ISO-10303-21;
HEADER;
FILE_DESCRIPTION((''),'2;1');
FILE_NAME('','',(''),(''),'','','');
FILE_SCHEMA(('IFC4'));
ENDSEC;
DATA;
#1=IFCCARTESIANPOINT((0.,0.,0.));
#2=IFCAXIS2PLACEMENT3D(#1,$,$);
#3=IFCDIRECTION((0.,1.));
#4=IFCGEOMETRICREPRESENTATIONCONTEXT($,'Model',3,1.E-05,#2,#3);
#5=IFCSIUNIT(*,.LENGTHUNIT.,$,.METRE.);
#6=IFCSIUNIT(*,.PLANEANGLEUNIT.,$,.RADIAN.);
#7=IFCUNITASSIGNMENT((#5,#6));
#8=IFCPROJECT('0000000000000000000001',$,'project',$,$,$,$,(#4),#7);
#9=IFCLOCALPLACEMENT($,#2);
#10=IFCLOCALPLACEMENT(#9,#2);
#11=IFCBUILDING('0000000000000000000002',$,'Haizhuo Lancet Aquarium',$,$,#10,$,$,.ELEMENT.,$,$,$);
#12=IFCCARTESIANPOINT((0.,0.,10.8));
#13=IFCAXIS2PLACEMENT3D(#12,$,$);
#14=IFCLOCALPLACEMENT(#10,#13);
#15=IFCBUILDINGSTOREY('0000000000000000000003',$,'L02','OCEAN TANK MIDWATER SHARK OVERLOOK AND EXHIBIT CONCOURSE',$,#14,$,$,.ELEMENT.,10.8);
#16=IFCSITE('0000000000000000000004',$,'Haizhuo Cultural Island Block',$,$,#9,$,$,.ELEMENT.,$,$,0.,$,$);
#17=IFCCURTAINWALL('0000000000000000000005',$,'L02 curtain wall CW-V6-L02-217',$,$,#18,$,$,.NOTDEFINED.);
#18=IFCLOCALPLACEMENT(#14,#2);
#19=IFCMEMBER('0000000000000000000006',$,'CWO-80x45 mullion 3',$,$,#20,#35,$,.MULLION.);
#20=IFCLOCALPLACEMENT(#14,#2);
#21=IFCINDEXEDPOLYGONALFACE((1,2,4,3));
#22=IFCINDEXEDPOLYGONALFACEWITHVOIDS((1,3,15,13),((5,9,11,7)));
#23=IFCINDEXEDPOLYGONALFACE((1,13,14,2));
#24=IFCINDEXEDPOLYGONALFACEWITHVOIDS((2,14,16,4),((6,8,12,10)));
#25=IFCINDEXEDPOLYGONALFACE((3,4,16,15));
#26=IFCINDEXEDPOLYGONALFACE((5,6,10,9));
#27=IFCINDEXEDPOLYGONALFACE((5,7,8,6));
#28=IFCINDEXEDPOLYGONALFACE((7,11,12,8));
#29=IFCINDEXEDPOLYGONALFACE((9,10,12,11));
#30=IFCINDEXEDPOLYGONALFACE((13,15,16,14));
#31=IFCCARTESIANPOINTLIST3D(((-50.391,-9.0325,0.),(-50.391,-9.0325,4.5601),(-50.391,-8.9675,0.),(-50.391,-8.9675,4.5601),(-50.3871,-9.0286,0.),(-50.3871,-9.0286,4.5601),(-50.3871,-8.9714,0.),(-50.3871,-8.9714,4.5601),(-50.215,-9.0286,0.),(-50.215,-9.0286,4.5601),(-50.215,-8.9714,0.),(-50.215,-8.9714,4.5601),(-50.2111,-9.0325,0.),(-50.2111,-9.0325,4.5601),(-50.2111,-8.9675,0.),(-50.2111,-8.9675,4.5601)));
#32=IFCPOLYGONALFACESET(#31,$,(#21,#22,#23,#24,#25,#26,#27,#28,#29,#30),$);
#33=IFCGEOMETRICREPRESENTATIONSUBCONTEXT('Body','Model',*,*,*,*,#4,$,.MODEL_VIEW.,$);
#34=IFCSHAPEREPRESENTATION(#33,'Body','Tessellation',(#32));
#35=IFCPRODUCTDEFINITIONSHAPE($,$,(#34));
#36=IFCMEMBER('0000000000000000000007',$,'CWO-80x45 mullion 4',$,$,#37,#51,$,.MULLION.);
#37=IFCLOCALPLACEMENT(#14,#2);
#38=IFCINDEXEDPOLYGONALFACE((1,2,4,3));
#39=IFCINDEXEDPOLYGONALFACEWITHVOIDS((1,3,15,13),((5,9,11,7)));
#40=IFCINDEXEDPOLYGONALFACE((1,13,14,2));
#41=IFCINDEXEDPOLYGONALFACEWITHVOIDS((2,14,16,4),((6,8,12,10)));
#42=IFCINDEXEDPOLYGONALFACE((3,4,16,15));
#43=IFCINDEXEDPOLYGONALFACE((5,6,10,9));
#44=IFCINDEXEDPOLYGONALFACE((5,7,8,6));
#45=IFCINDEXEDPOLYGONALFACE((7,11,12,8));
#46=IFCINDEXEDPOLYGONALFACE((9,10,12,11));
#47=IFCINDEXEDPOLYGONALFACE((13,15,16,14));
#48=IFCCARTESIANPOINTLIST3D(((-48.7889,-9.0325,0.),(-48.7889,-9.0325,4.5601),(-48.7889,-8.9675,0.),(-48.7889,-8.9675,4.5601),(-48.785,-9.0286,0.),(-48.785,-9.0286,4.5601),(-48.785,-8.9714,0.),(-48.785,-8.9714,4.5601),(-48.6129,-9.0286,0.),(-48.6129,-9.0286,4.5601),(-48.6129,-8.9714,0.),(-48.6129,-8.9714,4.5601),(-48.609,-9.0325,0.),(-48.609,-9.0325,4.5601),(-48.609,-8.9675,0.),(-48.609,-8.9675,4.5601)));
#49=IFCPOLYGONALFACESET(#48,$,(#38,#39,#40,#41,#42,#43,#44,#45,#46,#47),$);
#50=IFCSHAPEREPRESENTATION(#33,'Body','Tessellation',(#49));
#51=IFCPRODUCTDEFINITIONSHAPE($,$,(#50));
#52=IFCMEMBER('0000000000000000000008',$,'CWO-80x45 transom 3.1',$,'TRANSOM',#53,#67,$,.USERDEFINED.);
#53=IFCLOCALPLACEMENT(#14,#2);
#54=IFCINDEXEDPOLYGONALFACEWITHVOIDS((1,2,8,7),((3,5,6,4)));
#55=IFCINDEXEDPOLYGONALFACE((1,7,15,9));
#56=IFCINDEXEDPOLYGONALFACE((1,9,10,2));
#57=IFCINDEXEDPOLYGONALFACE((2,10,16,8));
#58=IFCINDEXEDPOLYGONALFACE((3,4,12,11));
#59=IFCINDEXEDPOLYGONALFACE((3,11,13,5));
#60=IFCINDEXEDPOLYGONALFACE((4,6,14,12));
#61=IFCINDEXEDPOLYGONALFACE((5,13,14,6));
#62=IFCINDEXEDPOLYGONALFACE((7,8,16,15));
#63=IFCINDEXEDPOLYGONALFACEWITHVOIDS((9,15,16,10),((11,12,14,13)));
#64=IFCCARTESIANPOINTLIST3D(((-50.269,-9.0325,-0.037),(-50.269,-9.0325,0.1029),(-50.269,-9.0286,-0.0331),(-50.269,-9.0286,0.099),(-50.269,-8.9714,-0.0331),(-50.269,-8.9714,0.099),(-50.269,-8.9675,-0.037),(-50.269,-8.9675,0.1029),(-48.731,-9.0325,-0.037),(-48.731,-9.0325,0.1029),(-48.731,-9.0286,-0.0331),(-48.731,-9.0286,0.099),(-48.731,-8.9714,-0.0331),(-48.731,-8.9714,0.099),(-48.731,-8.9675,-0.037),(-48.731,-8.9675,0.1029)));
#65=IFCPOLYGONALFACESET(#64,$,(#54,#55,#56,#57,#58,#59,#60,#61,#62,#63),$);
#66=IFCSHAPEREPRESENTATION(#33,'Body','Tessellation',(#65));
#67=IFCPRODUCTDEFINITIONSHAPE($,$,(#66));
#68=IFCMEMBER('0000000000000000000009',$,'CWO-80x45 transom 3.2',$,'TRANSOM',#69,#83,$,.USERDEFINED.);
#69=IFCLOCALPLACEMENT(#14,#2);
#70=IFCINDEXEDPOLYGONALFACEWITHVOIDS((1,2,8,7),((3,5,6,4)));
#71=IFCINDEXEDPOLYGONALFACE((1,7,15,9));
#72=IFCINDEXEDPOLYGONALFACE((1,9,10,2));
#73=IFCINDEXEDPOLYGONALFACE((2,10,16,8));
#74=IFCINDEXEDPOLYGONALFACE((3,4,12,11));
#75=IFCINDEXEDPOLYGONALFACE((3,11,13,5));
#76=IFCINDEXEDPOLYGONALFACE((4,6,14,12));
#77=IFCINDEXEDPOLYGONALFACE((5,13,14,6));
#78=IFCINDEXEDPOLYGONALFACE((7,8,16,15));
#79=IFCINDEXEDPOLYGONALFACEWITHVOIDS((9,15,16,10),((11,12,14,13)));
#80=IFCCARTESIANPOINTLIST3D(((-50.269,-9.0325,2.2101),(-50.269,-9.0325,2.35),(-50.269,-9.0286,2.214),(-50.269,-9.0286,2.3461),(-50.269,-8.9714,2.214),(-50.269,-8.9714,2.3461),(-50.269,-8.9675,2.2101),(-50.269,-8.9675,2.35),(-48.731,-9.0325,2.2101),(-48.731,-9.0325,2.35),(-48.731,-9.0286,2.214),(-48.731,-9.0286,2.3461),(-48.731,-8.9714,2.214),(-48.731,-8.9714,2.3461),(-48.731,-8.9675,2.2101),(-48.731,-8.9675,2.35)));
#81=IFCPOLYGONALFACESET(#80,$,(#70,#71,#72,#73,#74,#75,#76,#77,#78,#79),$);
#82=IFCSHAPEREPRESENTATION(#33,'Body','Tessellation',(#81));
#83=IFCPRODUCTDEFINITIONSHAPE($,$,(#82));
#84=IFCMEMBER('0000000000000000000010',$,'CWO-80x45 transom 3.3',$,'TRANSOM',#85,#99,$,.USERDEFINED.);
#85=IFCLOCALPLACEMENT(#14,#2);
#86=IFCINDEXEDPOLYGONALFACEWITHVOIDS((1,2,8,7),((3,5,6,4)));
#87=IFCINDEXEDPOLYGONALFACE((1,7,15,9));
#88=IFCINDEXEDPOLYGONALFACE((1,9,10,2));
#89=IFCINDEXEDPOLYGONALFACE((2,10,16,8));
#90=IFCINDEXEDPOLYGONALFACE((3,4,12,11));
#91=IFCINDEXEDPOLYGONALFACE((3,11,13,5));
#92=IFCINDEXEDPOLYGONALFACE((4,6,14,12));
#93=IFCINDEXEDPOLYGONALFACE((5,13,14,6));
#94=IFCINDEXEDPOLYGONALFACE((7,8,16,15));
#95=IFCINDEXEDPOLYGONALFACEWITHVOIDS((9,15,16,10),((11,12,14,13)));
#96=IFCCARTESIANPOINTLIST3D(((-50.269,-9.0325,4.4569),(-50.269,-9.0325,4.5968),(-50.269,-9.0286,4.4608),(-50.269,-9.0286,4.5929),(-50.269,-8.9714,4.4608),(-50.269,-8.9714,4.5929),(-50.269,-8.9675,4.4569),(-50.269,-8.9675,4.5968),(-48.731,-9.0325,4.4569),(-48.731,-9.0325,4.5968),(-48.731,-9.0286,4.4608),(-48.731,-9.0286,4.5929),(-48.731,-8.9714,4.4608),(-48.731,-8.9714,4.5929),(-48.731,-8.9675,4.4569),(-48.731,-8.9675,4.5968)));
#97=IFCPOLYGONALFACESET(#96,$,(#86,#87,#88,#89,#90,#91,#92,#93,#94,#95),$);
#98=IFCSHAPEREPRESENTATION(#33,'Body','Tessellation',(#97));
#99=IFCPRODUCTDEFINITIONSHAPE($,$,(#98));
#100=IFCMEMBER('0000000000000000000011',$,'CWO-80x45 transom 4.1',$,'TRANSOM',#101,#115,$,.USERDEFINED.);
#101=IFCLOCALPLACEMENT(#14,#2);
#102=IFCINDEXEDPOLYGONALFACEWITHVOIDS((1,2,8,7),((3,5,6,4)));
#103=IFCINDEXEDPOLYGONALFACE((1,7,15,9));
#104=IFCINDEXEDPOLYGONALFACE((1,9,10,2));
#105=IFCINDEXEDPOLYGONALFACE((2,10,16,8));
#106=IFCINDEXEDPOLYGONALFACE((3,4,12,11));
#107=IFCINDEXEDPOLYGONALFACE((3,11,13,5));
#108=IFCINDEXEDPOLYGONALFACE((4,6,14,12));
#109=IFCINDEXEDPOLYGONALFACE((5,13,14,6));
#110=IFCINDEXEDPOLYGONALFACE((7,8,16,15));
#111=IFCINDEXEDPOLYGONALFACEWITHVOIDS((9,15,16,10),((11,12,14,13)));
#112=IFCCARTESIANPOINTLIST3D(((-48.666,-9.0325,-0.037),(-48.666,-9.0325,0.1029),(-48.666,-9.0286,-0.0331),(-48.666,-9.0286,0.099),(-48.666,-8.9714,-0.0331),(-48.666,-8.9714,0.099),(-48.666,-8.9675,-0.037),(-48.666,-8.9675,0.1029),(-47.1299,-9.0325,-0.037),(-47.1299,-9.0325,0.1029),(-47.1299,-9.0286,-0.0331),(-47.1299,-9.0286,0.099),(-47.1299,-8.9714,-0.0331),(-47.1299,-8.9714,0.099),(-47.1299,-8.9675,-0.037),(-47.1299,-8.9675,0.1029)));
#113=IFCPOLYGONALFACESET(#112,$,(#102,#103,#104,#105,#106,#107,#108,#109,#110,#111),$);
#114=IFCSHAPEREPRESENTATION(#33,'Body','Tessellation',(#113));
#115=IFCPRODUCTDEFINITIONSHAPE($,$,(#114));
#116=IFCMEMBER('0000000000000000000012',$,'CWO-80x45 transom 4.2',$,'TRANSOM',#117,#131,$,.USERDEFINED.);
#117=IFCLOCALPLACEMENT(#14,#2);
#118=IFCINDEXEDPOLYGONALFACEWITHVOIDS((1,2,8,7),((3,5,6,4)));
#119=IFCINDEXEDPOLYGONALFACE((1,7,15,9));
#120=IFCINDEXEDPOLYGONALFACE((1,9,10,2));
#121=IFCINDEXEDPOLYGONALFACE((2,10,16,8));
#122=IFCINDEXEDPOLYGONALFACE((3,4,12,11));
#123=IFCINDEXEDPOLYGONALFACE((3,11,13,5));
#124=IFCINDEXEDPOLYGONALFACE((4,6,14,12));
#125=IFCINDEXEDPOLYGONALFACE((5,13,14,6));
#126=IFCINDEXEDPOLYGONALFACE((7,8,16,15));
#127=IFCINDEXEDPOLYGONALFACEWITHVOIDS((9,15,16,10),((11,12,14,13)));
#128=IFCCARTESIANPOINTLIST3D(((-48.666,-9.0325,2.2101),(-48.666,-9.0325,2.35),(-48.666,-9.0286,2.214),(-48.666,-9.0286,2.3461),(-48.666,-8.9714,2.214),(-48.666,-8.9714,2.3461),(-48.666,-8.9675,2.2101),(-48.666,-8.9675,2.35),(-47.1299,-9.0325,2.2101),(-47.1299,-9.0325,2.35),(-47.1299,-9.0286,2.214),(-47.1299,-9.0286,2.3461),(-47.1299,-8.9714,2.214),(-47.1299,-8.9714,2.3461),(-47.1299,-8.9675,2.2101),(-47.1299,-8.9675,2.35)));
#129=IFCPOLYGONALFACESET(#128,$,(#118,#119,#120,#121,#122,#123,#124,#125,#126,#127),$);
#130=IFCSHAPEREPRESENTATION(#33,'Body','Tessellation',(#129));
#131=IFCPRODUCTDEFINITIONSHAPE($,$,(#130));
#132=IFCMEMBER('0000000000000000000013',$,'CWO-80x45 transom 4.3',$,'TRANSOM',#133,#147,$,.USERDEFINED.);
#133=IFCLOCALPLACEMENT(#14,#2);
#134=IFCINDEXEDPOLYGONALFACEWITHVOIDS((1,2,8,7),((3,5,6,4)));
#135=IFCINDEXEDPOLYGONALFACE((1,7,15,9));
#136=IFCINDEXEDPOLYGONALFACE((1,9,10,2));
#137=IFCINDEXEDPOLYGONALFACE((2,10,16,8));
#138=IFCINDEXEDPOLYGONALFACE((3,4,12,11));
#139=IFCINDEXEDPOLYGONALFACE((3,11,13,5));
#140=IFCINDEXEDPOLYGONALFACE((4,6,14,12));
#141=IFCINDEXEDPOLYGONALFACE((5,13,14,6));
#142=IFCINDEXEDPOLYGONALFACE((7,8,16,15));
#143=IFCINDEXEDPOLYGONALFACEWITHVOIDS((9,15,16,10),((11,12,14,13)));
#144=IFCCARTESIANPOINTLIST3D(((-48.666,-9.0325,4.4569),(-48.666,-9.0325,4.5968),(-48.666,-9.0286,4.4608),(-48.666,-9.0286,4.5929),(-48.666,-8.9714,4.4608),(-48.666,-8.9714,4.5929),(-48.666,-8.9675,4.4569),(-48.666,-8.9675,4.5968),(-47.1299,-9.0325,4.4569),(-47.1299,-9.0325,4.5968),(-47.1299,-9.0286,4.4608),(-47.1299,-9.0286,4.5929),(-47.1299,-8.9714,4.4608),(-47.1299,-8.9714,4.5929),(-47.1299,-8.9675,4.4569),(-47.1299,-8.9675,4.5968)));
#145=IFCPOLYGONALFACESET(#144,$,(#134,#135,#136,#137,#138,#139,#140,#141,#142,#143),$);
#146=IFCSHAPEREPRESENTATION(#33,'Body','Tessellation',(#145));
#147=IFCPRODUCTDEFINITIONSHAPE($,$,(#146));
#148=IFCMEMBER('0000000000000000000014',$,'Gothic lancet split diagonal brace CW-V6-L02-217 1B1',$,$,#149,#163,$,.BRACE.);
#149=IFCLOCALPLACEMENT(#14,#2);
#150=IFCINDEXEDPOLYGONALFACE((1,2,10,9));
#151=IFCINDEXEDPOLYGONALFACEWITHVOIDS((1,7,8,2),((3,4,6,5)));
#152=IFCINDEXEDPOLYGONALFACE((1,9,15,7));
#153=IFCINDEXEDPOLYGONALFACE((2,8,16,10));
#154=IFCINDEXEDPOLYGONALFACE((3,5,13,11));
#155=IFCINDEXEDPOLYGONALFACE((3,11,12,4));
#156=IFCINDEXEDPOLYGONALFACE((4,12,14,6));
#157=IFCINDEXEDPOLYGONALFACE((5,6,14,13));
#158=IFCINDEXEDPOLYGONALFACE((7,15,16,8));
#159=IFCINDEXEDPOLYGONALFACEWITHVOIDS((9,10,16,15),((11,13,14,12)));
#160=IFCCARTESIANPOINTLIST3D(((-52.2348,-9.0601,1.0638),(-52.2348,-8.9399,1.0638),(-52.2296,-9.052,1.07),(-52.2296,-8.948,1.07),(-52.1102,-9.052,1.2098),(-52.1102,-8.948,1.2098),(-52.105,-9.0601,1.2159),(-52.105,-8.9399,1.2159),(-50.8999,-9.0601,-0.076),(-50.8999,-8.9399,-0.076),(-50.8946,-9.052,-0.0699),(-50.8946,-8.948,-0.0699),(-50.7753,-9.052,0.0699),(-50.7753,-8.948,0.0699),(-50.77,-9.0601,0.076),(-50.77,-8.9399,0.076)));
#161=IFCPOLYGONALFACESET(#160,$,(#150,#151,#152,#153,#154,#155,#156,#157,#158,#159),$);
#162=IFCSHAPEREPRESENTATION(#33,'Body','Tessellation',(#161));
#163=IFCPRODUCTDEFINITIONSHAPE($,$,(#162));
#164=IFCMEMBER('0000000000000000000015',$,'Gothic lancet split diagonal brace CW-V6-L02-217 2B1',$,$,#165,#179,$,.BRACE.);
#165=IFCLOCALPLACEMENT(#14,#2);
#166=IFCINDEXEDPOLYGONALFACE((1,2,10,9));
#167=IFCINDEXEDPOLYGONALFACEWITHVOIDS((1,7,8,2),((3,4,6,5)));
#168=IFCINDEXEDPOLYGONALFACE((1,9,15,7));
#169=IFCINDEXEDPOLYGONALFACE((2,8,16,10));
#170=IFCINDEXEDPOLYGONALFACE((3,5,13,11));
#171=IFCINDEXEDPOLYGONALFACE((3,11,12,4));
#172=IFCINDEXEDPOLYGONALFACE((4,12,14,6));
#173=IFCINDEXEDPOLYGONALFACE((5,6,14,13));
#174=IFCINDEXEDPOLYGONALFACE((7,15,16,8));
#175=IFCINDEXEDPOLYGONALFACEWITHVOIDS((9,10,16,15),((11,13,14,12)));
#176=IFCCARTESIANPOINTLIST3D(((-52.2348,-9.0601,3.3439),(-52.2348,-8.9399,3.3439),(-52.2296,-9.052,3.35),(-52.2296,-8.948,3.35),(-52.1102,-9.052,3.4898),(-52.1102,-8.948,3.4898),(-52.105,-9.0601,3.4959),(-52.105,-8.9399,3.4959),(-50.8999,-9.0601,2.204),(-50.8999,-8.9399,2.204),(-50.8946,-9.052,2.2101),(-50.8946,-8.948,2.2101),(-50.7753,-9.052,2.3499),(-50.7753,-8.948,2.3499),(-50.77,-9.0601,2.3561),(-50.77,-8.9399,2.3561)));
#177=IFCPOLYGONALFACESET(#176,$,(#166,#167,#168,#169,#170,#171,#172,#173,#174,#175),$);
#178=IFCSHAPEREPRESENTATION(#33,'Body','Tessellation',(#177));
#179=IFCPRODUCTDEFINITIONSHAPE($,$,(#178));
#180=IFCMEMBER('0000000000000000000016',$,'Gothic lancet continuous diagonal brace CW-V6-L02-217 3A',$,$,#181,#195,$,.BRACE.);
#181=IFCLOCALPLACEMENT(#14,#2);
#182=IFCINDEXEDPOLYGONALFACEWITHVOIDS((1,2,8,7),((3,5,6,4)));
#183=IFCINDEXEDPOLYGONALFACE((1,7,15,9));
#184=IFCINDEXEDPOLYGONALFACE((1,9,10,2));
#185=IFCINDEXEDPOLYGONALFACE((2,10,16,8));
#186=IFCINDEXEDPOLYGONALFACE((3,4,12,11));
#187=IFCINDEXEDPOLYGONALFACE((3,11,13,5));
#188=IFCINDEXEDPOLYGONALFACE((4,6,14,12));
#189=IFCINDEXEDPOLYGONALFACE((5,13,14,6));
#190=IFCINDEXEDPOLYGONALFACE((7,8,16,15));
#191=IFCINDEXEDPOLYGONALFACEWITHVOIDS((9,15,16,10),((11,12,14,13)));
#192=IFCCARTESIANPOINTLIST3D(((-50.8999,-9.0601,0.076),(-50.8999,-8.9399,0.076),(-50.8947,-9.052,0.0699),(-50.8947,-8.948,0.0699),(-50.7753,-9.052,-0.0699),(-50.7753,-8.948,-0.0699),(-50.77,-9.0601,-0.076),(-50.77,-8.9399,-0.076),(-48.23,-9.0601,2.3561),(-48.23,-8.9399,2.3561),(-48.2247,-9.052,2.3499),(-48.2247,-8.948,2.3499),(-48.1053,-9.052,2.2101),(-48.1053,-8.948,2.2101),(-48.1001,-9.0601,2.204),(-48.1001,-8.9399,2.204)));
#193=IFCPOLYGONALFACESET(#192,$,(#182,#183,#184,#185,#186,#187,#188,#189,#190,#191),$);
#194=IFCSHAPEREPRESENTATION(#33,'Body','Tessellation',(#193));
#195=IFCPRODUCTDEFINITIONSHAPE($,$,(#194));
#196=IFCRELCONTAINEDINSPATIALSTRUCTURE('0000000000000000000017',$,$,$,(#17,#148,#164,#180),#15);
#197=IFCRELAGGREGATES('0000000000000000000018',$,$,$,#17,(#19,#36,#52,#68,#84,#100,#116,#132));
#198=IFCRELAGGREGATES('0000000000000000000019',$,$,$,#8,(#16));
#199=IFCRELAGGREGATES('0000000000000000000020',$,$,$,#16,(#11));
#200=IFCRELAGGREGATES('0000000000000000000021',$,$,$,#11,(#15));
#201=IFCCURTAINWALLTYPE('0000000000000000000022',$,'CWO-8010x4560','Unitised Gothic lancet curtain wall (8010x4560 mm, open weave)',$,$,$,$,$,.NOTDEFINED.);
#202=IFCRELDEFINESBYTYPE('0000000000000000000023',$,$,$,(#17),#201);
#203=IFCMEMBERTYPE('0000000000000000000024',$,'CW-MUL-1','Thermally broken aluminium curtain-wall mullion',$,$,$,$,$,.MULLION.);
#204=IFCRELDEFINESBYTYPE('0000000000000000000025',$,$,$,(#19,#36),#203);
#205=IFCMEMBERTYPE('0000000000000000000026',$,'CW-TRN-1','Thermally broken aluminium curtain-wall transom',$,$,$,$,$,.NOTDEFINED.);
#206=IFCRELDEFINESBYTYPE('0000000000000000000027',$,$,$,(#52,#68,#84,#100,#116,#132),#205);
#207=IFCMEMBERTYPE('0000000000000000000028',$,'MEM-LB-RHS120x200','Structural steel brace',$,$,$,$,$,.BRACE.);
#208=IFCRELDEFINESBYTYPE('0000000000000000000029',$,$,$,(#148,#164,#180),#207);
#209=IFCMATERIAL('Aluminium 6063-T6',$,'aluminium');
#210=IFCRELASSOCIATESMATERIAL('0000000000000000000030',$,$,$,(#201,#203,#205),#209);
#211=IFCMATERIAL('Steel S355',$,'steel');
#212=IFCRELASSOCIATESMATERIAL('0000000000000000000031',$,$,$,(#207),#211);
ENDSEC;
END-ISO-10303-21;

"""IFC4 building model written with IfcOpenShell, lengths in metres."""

from ifc_helpers import new_model, si_unit, direction, frame, origin, origin_2d, place, context, subcontext, project, spatial, hollow_rectangle, extrude, material, material_profile, profile_set, type_object, element, aggregate, save


model = new_model("IFC4")

# Units and contexts
model_context = context("Model", 3, precision=1e-05, world=origin(), true_north=direction((0.0, 1.0)))
body_context = subcontext(model_context, "Body", "Model", "MODEL_VIEW")
ifc_project = project(units=[si_unit("LENGTHUNIT", "METRE"), si_unit("PLANEANGLEUNIT", "RADIAN")], contexts=[model_context])

# Site, building, storey
site_placement = place(None, origin())
site = spatial("IfcSite", under=ifc_project, at=site_placement, Name="Haizhuo Cultural Island Block", CompositionType="ELEMENT", RefElevation=0.0)
building_placement = place(site_placement, origin())
building = spatial("IfcBuilding", under=site, at=building_placement, Name="Haizhuo Lancet Aquarium", CompositionType="ELEMENT")
storey_placement = place(building_placement, frame((0.0, 0.0, 10.8)))
storey = spatial("IfcBuildingStorey", under=building, at=storey_placement, Name="L02", Description="OCEAN TANK MIDWATER SHARK OVERLOOK AND EXHIBIT CONCOURSE", CompositionType="ELEMENT", Elevation=10.8)

# Curtain wall, members
ifc_material_1 = material(Name="Aluminium 6063-T6", Category="aluminium")
curtain_wall_type = type_object("IfcCurtainWallType", Name="CWO-8010x4560", Description="Unitised Gothic lancet curtain wall (8010x4560 mm, open weave)", PredefinedType="NOTDEFINED", material=ifc_material_1)
curtain_wall_placement = place(storey_placement, origin())
curtain_wall = element("IfcCurtainWall", 1, at=curtain_wall_placement, inside=storey, type_object=curtain_wall_type, Name="L02 curtain wall CW-V6-L02-217", PredefinedType="NOTDEFINED")
ifc_material_profile_1 = material_profile(ifc_material_1, hollow_rectangle(XDim=0.0649, YDim=0.1799, WallThickness=0.0039, at=origin_2d()), Name="ALU-M 65x180x4")
ifc_profile_set_1 = profile_set([ifc_material_profile_1], Name="Aluminium 6063-T6")
member_type_1 = type_object("IfcMemberType", Name="CW-MUL-1", Description="Thermally broken aluminium curtain-wall mullion", PredefinedType="MULLION", material=ifc_profile_set_1)
member_1_placement = place(storey_placement, frame((-50.301, -9.0, 0.0), z_axis=(0.0, 0.0, 1.0), x_axis=(0.0, 1.0, 0.0)))
member_1 = element("IfcMember", 2, at=member_1_placement, type_object=member_type_1, Name="CWO-80x45 mullion 3", PredefinedType="MULLION", context=body_context, shape_type="SweptSolid", body=[
    extrude(hollow_rectangle(XDim=0.0649, YDim=0.1799, WallThickness=0.0039, at=origin_2d()), origin(), (0.0, 0.0, 1.0), 4.5601),
])
member_2_placement = place(storey_placement, frame((-48.699, -9.0, 0.0), z_axis=(0.0, 0.0, 1.0), x_axis=(0.0, 1.0, 0.0)))
member_2 = element("IfcMember", 3, at=member_2_placement, type_object=member_type_1, Name="CWO-80x45 mullion 4", PredefinedType="MULLION", context=body_context, shape_type="SweptSolid", body=[
    extrude(hollow_rectangle(XDim=0.0649, YDim=0.1799, WallThickness=0.0039, at=origin_2d()), origin(), (0.0, 0.0, 1.0), 4.5601),
])
ifc_material_profile_2 = material_profile(ifc_material_1, hollow_rectangle(XDim=0.0649, YDim=0.1399, WallThickness=0.0039, at=origin_2d()), Name="ALU-T 65x140x4")
ifc_profile_set_2 = profile_set([ifc_material_profile_2], Name="Aluminium 6063-T6")
member_type_2 = type_object("IfcMemberType", Name="CW-TRN-1", Description="Thermally broken aluminium curtain-wall transom", PredefinedType="NOTDEFINED", material=ifc_profile_set_2)
member_3_placement = place(storey_placement, frame((-50.269, -9.0, 0.033), z_axis=(1.0, 0.0, 0.0), x_axis=(0.0, 1.0, 0.0)))
member_3 = element("IfcMember", 4, at=member_3_placement, type_object=member_type_2, Name="CWO-80x45 transom 3.1", ObjectType="TRANSOM", PredefinedType="USERDEFINED", context=body_context, shape_type="SweptSolid", body=[
    extrude(hollow_rectangle(XDim=0.0649, YDim=0.1399, WallThickness=0.0039, at=origin_2d()), origin(), (0.0, 0.0, 1.0), 1.5381),
])
member_4_placement = place(storey_placement, frame((-50.269, -9.0, 2.28), z_axis=(1.0, 0.0, 0.0), x_axis=(0.0, 1.0, 0.0)))
member_4 = element("IfcMember", 5, at=member_4_placement, type_object=member_type_2, Name="CWO-80x45 transom 3.2", ObjectType="TRANSOM", PredefinedType="USERDEFINED", context=body_context, shape_type="SweptSolid", body=[
    extrude(hollow_rectangle(XDim=0.0649, YDim=0.1399, WallThickness=0.0039, at=origin_2d()), origin(), (0.0, 0.0, 1.0), 1.5381),
])
member_5_placement = place(storey_placement, frame((-50.269, -9.0, 4.5269), z_axis=(1.0, 0.0, 0.0), x_axis=(0.0, 1.0, 0.0)))
member_5 = element("IfcMember", 6, at=member_5_placement, type_object=member_type_2, Name="CWO-80x45 transom 3.3", ObjectType="TRANSOM", PredefinedType="USERDEFINED", context=body_context, shape_type="SweptSolid", body=[
    extrude(hollow_rectangle(XDim=0.0649, YDim=0.1399, WallThickness=0.0039, at=origin_2d()), origin(), (0.0, 0.0, 1.0), 1.5381),
])
member_6_placement = place(storey_placement, frame((-48.666, -9.0, 0.033), z_axis=(1.0, 0.0, 0.0), x_axis=(0.0, 1.0, 0.0)))
member_6 = element("IfcMember", 7, at=member_6_placement, type_object=member_type_2, Name="CWO-80x45 transom 4.1", ObjectType="TRANSOM", PredefinedType="USERDEFINED", context=body_context, shape_type="SweptSolid", body=[
    extrude(hollow_rectangle(XDim=0.0649, YDim=0.1399, WallThickness=0.0039, at=origin_2d()), origin(), (0.0, 0.0, 1.0), 1.5361),
])
member_7_placement = place(storey_placement, frame((-48.666, -9.0, 2.28), z_axis=(1.0, 0.0, 0.0), x_axis=(0.0, 1.0, 0.0)))
member_7 = element("IfcMember", 8, at=member_7_placement, type_object=member_type_2, Name="CWO-80x45 transom 4.2", ObjectType="TRANSOM", PredefinedType="USERDEFINED", context=body_context, shape_type="SweptSolid", body=[
    extrude(hollow_rectangle(XDim=0.0649, YDim=0.1399, WallThickness=0.0039, at=origin_2d()), origin(), (0.0, 0.0, 1.0), 1.5361),
])
member_8_placement = place(storey_placement, frame((-48.666, -9.0, 4.5269), z_axis=(1.0, 0.0, 0.0), x_axis=(0.0, 1.0, 0.0)))
member_8 = element("IfcMember", 9, at=member_8_placement, type_object=member_type_2, Name="CWO-80x45 transom 4.3", ObjectType="TRANSOM", PredefinedType="USERDEFINED", context=body_context, shape_type="SweptSolid", body=[
    extrude(hollow_rectangle(XDim=0.0649, YDim=0.1399, WallThickness=0.0039, at=origin_2d()), origin(), (0.0, 0.0, 1.0), 1.5361),
])

# Members
ifc_material_2 = material(Name="Steel S355", Category="steel")
ifc_material_profile_3 = material_profile(ifc_material_2, hollow_rectangle(XDim=0.1201, YDim=0.2, WallThickness=0.0081, at=origin_2d()), Name="RHS 120x200x8")
ifc_profile_set_3 = profile_set([ifc_material_profile_3], Name="Steel S355")
member_type_3 = type_object("IfcMemberType", Name="MEM-LB-RHS120x200", Description="Structural steel brace", PredefinedType="BRACE", material=ifc_profile_set_3)
for number, where, z_axis, x_axis, name in (
    (10, (-50.835, -9.0, 0.0), (-0.760482, 0.0, 0.649359), (0.0, -1.0, 0.0), "Gothic lancet split diagonal brace CW-V6-L02-217 1B1"),
    (11, (-50.835, -9.0, 2.28), (-0.760482, 0.0, 0.649359), (0.0, -1.0, 0.0), "Gothic lancet split diagonal brace CW-V6-L02-217 2B1"),
):
    element("IfcMember", number, at=place(storey_placement, frame(where, z_axis=z_axis, x_axis=x_axis)), inside=storey, type_object=member_type_3, Name=name, PredefinedType="BRACE", context=body_context, shape_type="SweptSolid", body=[
        extrude(hollow_rectangle(XDim=0.1201, YDim=0.2, WallThickness=0.0081, at=origin_2d()), origin(), (0.0, 0.0, 1.0), 1.7554),
    ])
member_9_placement = place(storey_placement, frame((-50.835, -9.0, 0.0), z_axis=(0.760448, 0.0, 0.649399), x_axis=(0.0, 1.0, 0.0)))
element("IfcMember", 12, at=member_9_placement, inside=storey, type_object=member_type_3, Name="Gothic lancet continuous diagonal brace CW-V6-L02-217 3A", PredefinedType="BRACE", context=body_context, shape_type="SweptSolid", body=[
    extrude(hollow_rectangle(XDim=0.1201, YDim=0.2, WallThickness=0.0081, at=origin_2d()), origin(), (0.0, 0.0, 1.0), 3.511),
])

aggregate(curtain_wall, [member_1, member_2, member_3, member_4, member_5, member_6, member_7, member_8])

save(model, "model.ifc")
